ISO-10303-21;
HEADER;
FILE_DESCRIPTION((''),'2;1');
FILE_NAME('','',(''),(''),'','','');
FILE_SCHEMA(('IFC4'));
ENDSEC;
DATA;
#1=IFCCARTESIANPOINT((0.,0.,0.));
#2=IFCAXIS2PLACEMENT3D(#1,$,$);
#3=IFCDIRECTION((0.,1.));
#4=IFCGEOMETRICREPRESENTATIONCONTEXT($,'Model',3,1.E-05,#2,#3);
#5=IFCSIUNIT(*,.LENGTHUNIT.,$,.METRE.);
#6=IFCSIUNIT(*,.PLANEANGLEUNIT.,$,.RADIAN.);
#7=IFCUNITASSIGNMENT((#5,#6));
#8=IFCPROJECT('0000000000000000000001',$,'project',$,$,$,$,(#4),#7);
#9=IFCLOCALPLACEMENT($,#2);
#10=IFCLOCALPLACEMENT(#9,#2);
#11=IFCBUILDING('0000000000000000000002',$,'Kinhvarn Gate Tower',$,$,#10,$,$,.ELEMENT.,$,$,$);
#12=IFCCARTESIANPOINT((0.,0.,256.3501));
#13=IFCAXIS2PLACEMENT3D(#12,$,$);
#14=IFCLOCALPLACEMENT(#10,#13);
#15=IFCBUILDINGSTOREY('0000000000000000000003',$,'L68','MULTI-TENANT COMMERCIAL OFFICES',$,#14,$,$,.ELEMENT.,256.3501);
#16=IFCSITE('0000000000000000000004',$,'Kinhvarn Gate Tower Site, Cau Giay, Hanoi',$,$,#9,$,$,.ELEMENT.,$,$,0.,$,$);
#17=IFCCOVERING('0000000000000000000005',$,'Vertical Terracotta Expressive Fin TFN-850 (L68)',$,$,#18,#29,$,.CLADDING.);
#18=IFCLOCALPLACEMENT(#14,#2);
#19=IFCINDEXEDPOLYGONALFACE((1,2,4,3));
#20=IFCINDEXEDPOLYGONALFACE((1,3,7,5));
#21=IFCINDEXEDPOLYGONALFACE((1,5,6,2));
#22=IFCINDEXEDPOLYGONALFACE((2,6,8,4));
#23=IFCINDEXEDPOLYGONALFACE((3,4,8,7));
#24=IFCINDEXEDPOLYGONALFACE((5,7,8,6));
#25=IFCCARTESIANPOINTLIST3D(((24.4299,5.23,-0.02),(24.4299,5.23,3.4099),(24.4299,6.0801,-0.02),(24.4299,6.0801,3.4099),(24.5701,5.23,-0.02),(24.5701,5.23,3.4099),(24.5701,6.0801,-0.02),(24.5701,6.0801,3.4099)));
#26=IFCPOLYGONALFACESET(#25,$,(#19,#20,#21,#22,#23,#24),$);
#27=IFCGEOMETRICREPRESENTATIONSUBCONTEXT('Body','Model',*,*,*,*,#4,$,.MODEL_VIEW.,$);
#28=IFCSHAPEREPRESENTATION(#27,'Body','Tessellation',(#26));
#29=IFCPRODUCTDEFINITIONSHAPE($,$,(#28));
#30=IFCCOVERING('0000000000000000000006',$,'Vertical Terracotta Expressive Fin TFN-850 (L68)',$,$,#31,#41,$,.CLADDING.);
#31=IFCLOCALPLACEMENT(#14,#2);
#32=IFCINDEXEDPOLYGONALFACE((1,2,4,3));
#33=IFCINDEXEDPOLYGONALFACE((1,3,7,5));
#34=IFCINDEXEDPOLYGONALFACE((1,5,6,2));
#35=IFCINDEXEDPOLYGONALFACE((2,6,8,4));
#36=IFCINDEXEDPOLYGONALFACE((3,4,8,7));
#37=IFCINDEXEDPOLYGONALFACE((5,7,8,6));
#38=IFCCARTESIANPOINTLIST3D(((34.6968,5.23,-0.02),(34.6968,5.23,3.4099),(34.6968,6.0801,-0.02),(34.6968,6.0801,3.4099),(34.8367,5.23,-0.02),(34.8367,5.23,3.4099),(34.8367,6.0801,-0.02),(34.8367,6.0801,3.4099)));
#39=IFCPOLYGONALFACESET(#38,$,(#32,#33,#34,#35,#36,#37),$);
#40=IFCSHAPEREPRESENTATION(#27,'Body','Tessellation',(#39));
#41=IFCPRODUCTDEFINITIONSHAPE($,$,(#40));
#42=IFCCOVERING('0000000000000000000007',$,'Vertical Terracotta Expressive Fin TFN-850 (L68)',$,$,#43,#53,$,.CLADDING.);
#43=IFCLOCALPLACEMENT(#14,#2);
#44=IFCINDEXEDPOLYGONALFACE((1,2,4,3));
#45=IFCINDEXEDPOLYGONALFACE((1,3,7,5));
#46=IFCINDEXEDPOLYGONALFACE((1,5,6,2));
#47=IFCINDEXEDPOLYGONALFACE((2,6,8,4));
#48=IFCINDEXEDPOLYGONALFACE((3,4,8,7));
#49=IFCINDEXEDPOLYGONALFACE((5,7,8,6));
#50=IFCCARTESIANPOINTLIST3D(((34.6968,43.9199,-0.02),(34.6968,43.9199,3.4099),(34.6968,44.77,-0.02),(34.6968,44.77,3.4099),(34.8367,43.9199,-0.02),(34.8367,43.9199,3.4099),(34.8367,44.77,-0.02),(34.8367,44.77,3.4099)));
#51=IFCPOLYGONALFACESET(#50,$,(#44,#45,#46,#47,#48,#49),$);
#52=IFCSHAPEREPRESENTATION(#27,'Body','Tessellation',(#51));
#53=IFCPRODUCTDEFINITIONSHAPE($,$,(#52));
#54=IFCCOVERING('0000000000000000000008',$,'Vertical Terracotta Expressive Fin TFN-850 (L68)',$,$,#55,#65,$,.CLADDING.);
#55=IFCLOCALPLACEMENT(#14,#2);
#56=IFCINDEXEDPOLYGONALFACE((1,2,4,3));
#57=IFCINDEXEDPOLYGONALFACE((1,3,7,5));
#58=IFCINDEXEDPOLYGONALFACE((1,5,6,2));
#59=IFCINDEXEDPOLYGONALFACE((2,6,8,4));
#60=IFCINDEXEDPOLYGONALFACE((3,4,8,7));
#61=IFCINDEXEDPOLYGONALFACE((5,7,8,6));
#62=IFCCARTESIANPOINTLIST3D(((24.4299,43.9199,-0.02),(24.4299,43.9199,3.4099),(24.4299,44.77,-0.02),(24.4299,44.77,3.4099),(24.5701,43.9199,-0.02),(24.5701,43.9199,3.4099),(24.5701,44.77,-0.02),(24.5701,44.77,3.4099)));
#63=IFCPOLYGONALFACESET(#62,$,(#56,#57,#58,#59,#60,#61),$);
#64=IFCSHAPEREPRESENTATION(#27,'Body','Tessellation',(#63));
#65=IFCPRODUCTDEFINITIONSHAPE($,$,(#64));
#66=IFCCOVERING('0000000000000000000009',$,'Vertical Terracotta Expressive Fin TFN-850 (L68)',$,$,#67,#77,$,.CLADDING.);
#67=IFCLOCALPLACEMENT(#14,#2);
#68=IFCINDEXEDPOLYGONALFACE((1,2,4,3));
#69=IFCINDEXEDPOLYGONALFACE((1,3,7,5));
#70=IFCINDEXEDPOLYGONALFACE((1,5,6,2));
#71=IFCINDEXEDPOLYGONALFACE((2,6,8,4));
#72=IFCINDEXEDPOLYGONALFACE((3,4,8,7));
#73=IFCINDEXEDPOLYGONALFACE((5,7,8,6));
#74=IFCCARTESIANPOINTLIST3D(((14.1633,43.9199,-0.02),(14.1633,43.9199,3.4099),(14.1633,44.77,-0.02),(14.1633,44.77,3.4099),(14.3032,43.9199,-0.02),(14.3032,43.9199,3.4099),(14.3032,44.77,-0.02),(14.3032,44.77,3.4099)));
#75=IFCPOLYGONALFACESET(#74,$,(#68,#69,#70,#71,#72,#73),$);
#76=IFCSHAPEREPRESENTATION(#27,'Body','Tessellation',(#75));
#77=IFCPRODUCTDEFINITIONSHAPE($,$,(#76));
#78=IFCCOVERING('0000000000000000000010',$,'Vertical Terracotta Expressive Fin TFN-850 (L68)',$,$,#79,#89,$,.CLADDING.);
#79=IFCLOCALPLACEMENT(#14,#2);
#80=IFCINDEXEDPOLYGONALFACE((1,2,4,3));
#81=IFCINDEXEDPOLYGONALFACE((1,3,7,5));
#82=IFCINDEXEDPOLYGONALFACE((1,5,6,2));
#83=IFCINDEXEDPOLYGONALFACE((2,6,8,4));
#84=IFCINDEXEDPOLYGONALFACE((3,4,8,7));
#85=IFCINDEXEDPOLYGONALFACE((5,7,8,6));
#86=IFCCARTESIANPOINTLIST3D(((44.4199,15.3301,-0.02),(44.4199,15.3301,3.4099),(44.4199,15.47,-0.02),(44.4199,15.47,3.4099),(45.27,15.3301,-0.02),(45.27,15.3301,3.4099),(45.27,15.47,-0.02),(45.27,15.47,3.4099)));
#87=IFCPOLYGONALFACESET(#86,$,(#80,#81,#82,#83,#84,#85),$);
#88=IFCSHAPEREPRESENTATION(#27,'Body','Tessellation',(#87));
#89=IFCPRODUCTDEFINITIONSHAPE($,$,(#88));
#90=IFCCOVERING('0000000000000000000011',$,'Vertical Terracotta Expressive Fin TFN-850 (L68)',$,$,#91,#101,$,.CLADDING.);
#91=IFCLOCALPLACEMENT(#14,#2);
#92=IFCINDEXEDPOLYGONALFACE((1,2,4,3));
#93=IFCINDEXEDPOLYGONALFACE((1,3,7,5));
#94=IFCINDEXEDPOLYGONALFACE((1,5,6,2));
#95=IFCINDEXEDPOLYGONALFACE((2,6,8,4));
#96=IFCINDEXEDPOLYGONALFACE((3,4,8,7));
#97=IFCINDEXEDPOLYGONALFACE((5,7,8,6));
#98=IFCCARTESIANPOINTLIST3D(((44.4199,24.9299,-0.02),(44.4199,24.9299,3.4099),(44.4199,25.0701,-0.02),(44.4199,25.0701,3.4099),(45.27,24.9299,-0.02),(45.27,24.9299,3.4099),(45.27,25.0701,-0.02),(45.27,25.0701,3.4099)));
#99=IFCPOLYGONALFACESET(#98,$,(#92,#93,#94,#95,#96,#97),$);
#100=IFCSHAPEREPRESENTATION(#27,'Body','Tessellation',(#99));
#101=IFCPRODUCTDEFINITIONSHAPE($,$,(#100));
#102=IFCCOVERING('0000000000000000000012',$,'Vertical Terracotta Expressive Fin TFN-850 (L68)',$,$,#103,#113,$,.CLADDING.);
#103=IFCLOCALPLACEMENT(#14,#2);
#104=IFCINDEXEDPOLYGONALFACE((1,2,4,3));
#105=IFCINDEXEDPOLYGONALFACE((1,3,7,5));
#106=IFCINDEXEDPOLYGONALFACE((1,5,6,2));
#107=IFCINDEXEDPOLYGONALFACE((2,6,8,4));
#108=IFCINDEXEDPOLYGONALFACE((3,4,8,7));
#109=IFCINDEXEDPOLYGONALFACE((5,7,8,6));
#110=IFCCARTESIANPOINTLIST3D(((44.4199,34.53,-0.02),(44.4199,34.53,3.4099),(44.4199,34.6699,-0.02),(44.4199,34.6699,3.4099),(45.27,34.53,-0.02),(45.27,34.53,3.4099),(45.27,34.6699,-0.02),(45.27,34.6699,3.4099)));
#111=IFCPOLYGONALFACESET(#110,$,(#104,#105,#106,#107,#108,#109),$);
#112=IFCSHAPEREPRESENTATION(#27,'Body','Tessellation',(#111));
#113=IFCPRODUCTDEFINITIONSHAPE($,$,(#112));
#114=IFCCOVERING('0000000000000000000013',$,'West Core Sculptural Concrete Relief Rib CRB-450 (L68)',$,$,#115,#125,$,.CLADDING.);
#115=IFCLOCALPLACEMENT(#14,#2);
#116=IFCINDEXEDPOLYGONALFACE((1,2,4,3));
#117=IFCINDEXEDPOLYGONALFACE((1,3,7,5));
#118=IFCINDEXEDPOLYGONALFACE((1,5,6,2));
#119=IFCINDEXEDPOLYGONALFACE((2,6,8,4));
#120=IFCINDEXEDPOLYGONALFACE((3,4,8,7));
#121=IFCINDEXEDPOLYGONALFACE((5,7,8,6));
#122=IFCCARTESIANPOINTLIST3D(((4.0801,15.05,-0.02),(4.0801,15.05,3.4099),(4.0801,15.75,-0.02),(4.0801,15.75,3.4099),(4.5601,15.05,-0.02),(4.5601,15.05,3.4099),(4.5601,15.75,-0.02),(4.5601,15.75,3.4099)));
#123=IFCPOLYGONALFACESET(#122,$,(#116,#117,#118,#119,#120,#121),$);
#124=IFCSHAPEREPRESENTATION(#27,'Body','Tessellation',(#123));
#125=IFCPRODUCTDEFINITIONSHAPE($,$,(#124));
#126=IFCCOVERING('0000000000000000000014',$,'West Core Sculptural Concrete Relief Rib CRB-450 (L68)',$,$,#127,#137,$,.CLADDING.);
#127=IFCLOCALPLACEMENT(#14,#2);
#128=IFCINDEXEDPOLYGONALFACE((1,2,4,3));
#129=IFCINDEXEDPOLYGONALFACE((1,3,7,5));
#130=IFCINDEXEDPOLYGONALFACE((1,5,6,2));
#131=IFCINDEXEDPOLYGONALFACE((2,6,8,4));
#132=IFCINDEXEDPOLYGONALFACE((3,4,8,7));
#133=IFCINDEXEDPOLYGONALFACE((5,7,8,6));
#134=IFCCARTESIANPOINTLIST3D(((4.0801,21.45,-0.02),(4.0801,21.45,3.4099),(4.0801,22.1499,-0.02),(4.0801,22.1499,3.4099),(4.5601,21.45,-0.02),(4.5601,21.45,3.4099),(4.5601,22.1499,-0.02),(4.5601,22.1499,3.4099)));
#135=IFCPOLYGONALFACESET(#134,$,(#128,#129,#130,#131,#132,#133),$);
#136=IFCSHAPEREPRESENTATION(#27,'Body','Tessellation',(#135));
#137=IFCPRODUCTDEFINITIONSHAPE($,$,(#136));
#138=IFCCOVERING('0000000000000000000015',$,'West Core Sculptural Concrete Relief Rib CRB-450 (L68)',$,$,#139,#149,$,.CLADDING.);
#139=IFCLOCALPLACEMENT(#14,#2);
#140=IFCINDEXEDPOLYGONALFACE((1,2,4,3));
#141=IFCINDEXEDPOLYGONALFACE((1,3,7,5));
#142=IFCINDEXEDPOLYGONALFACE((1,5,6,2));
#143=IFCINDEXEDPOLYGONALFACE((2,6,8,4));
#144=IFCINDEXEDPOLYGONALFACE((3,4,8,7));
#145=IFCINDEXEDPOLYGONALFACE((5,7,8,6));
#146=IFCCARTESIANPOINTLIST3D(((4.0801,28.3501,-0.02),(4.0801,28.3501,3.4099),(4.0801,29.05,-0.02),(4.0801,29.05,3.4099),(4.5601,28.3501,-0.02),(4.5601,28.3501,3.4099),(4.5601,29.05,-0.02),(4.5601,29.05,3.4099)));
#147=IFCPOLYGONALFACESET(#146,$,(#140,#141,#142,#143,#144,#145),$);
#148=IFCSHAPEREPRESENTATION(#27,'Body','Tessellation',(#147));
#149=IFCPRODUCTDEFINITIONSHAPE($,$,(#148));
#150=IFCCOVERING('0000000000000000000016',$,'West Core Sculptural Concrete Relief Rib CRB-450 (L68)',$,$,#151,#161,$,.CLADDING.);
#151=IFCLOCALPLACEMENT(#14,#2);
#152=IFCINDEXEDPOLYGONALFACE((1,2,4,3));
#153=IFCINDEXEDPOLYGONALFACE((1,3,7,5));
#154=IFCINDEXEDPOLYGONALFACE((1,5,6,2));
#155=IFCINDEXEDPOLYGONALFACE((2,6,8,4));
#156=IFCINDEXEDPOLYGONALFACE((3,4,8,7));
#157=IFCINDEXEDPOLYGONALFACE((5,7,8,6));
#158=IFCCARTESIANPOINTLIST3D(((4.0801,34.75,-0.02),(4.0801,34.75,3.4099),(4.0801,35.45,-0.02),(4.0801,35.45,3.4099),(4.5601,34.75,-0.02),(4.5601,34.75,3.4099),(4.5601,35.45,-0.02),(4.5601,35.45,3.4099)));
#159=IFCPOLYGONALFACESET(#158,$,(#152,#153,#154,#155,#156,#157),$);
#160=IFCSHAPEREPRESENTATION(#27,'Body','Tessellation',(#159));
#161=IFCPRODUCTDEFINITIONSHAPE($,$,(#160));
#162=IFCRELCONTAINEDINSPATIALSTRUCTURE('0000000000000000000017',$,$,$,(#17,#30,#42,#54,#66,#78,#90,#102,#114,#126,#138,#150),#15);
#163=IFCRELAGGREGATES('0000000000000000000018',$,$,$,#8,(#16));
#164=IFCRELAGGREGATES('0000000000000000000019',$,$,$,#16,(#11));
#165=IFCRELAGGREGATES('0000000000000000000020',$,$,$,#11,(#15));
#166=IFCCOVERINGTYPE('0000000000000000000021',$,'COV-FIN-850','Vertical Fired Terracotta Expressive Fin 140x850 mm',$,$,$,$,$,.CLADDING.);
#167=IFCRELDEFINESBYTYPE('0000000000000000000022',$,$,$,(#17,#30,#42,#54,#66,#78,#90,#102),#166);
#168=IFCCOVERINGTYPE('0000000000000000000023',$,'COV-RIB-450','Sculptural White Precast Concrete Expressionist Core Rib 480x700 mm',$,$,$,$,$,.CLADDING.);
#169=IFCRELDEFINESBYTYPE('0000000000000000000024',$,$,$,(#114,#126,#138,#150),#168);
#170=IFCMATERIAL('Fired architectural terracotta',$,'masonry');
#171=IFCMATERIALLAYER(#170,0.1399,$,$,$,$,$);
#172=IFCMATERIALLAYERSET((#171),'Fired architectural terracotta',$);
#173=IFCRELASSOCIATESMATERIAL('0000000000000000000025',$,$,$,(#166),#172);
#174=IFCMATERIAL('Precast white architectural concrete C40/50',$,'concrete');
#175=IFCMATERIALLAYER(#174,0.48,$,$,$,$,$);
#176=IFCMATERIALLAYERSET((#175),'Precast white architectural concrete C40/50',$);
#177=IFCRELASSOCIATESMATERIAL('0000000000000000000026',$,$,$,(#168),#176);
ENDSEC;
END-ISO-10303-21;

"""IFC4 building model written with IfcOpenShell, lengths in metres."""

from ifc_helpers import new_model, si_unit, direction, frame, origin, place, context, subcontext, project, spatial, polyline, outline, extrude, material, layer, layer_set, type_object, element, save


model = new_model("IFC4")

# Units and contexts
model_context = context("Model", 3, precision=1e-05, world=origin(), true_north=direction((0.0, 1.0)))
body_context = subcontext(model_context, "Body", "Model", "MODEL_VIEW")
ifc_project = project(units=[si_unit("LENGTHUNIT", "METRE"), si_unit("PLANEANGLEUNIT", "RADIAN")], contexts=[model_context])

# Site, building, storey
site_placement = place(None, origin())
site = spatial("IfcSite", under=ifc_project, at=site_placement, Name="Kinhvarn Gate Tower Site, Cau Giay, Hanoi", CompositionType="ELEMENT", RefElevation=0.0)
building_placement = place(site_placement, origin())
building = spatial("IfcBuilding", under=site, at=building_placement, Name="Kinhvarn Gate Tower", CompositionType="ELEMENT")
storey_placement = place(building_placement, frame((0.0, 0.0, 256.3501)))
storey = spatial("IfcBuildingStorey", under=building, at=storey_placement, Name="L68", Description="MULTI-TENANT COMMERCIAL OFFICES", CompositionType="ELEMENT", Elevation=256.3501)

# Shared definitions
ifc_material_1 = material(Name="Precast white architectural concrete C40/50", Category="concrete")

# Coverings
ifc_material_2 = material(Name="Fired architectural terracotta", Category="masonry")
ifc_layer_1 = layer(ifc_material_2, 0.1399)
ifc_layer_set_1 = layer_set([ifc_layer_1], Name="Fired architectural terracotta")
covering_type_1 = type_object("IfcCoveringType", Name="COV-FIN-850", Description="Vertical Fired Terracotta Expressive Fin 140x850 mm", PredefinedType="CLADDING", material=ifc_layer_set_1)
covering_1_placement = place(storey_placement, frame((0.0, 0.0, -0.02)))
element("IfcCovering", 1, at=covering_1_placement, inside=storey, type_object=covering_type_1, Name="Vertical Terracotta Expressive Fin TFN-850 (L68)", PredefinedType="CLADDING", context=body_context, shape_type="SweptSolid", body=[
    extrude(outline(polyline([(24.4299, 6.0801), (24.5701, 6.0801), (24.5701, 5.23), (24.4299, 5.23), (24.4299, 6.0801)])), origin(), (0.0, 0.0, 1.0), 3.4299),
])
covering_2_placement = place(storey_placement, frame((0.0, 0.0, -0.02)))
element("IfcCovering", 2, at=covering_2_placement, inside=storey, type_object=covering_type_1, Name="Vertical Terracotta Expressive Fin TFN-850 (L68)", PredefinedType="CLADDING", context=body_context, shape_type="SweptSolid", body=[
    extrude(outline(polyline([(34.6968, 6.0801), (34.8367, 6.0801), (34.8367, 5.23), (34.6968, 5.23), (34.6968, 6.0801)])), origin(), (0.0, 0.0, 1.0), 3.4299),
])
covering_3_placement = place(storey_placement, frame((0.0, 0.0, -0.02)))
element("IfcCovering", 3, at=covering_3_placement, inside=storey, type_object=covering_type_1, Name="Vertical Terracotta Expressive Fin TFN-850 (L68)", PredefinedType="CLADDING", context=body_context, shape_type="SweptSolid", body=[
    extrude(outline(polyline([(34.8367, 43.9199), (34.6968, 43.9199), (34.6968, 44.77), (34.8367, 44.77), (34.8367, 43.9199)])), origin(), (0.0, 0.0, 1.0), 3.4299),
])
covering_4_placement = place(storey_placement, frame((0.0, 0.0, -0.02)))
element("IfcCovering", 4, at=covering_4_placement, inside=storey, type_object=covering_type_1, Name="Vertical Terracotta Expressive Fin TFN-850 (L68)", PredefinedType="CLADDING", context=body_context, shape_type="SweptSolid", body=[
    extrude(outline(polyline([(24.5701, 43.9199), (24.4299, 43.9199), (24.4299, 44.77), (24.5701, 44.77), (24.5701, 43.9199)])), origin(), (0.0, 0.0, 1.0), 3.4299),
])
covering_5_placement = place(storey_placement, frame((0.0, 0.0, -0.02)))
element("IfcCovering", 5, at=covering_5_placement, inside=storey, type_object=covering_type_1, Name="Vertical Terracotta Expressive Fin TFN-850 (L68)", PredefinedType="CLADDING", context=body_context, shape_type="SweptSolid", body=[
    extrude(outline(polyline([(14.3032, 43.9199), (14.1633, 43.9199), (14.1633, 44.77), (14.3032, 44.77), (14.3032, 43.9199)])), origin(), (0.0, 0.0, 1.0), 3.4299),
])
covering_6_placement = place(storey_placement, frame((0.0, 0.0, -0.02)))
element("IfcCovering", 6, at=covering_6_placement, inside=storey, type_object=covering_type_1, Name="Vertical Terracotta Expressive Fin TFN-850 (L68)", PredefinedType="CLADDING", context=body_context, shape_type="SweptSolid", body=[
    extrude(outline(polyline([(44.4199, 15.3301), (44.4199, 15.47), (45.27, 15.47), (45.27, 15.3301), (44.4199, 15.3301)])), origin(), (0.0, 0.0, 1.0), 3.4299),
])
covering_7_placement = place(storey_placement, frame((0.0, 0.0, -0.02)))
element("IfcCovering", 7, at=covering_7_placement, inside=storey, type_object=covering_type_1, Name="Vertical Terracotta Expressive Fin TFN-850 (L68)", PredefinedType="CLADDING", context=body_context, shape_type="SweptSolid", body=[
    extrude(outline(polyline([(44.4199, 24.9299), (44.4199, 25.0701), (45.27, 25.0701), (45.27, 24.9299), (44.4199, 24.9299)])), origin(), (0.0, 0.0, 1.0), 3.4299),
])
covering_8_placement = place(storey_placement, frame((0.0, 0.0, -0.02)))
element("IfcCovering", 8, at=covering_8_placement, inside=storey, type_object=covering_type_1, Name="Vertical Terracotta Expressive Fin TFN-850 (L68)", PredefinedType="CLADDING", context=body_context, shape_type="SweptSolid", body=[
    extrude(outline(polyline([(44.4199, 34.53), (44.4199, 34.6699), (45.27, 34.6699), (45.27, 34.53), (44.4199, 34.53)])), origin(), (0.0, 0.0, 1.0), 3.4299),
])
ifc_layer_2 = layer(ifc_material_1, 0.48)
ifc_layer_set_2 = layer_set([ifc_layer_2], Name="Precast white architectural concrete C40/50")
covering_type_2 = type_object("IfcCoveringType", Name="COV-RIB-450", Description="Sculptural White Precast Concrete Expressionist Core Rib 480x700 mm", PredefinedType="CLADDING", material=ifc_layer_set_2)
covering_9_placement = place(storey_placement, frame((0.0, 0.0, -0.02)))
element("IfcCovering", 9, at=covering_9_placement, inside=storey, type_object=covering_type_2, Name="West Core Sculptural Concrete Relief Rib CRB-450 (L68)", PredefinedType="CLADDING", context=body_context, shape_type="SweptSolid", body=[
    extrude(outline(polyline([(4.0801, 15.05), (4.5601, 15.05), (4.5601, 15.75), (4.0801, 15.75), (4.0801, 15.05)])), origin(), (0.0, 0.0, 1.0), 3.4299),
])
covering_10_placement = place(storey_placement, frame((0.0, 0.0, -0.02)))
element("IfcCovering", 10, at=covering_10_placement, inside=storey, type_object=covering_type_2, Name="West Core Sculptural Concrete Relief Rib CRB-450 (L68)", PredefinedType="CLADDING", context=body_context, shape_type="SweptSolid", body=[
    extrude(outline(polyline([(4.0801, 21.45), (4.5601, 21.45), (4.5601, 22.1499), (4.0801, 22.1499), (4.0801, 21.45)])), origin(), (0.0, 0.0, 1.0), 3.4299),
])
covering_11_placement = place(storey_placement, frame((0.0, 0.0, -0.02)))
element("IfcCovering", 11, at=covering_11_placement, inside=storey, type_object=covering_type_2, Name="West Core Sculptural Concrete Relief Rib CRB-450 (L68)", PredefinedType="CLADDING", context=body_context, shape_type="SweptSolid", body=[
    extrude(outline(polyline([(4.0801, 28.3501), (4.5601, 28.3501), (4.5601, 29.05), (4.0801, 29.05), (4.0801, 28.3501)])), origin(), (0.0, 0.0, 1.0), 3.4299),
])
covering_12_placement = place(storey_placement, frame((0.0, 0.0, -0.02)))
element("IfcCovering", 12, at=covering_12_placement, inside=storey, type_object=covering_type_2, Name="West Core Sculptural Concrete Relief Rib CRB-450 (L68)", PredefinedType="CLADDING", context=body_context, shape_type="SweptSolid", body=[
    extrude(outline(polyline([(4.0801, 34.75), (4.5601, 34.75), (4.5601, 35.45), (4.0801, 35.45), (4.0801, 34.75)])), origin(), (0.0, 0.0, 1.0), 3.4299),
])

save(model, "model.ifc")
